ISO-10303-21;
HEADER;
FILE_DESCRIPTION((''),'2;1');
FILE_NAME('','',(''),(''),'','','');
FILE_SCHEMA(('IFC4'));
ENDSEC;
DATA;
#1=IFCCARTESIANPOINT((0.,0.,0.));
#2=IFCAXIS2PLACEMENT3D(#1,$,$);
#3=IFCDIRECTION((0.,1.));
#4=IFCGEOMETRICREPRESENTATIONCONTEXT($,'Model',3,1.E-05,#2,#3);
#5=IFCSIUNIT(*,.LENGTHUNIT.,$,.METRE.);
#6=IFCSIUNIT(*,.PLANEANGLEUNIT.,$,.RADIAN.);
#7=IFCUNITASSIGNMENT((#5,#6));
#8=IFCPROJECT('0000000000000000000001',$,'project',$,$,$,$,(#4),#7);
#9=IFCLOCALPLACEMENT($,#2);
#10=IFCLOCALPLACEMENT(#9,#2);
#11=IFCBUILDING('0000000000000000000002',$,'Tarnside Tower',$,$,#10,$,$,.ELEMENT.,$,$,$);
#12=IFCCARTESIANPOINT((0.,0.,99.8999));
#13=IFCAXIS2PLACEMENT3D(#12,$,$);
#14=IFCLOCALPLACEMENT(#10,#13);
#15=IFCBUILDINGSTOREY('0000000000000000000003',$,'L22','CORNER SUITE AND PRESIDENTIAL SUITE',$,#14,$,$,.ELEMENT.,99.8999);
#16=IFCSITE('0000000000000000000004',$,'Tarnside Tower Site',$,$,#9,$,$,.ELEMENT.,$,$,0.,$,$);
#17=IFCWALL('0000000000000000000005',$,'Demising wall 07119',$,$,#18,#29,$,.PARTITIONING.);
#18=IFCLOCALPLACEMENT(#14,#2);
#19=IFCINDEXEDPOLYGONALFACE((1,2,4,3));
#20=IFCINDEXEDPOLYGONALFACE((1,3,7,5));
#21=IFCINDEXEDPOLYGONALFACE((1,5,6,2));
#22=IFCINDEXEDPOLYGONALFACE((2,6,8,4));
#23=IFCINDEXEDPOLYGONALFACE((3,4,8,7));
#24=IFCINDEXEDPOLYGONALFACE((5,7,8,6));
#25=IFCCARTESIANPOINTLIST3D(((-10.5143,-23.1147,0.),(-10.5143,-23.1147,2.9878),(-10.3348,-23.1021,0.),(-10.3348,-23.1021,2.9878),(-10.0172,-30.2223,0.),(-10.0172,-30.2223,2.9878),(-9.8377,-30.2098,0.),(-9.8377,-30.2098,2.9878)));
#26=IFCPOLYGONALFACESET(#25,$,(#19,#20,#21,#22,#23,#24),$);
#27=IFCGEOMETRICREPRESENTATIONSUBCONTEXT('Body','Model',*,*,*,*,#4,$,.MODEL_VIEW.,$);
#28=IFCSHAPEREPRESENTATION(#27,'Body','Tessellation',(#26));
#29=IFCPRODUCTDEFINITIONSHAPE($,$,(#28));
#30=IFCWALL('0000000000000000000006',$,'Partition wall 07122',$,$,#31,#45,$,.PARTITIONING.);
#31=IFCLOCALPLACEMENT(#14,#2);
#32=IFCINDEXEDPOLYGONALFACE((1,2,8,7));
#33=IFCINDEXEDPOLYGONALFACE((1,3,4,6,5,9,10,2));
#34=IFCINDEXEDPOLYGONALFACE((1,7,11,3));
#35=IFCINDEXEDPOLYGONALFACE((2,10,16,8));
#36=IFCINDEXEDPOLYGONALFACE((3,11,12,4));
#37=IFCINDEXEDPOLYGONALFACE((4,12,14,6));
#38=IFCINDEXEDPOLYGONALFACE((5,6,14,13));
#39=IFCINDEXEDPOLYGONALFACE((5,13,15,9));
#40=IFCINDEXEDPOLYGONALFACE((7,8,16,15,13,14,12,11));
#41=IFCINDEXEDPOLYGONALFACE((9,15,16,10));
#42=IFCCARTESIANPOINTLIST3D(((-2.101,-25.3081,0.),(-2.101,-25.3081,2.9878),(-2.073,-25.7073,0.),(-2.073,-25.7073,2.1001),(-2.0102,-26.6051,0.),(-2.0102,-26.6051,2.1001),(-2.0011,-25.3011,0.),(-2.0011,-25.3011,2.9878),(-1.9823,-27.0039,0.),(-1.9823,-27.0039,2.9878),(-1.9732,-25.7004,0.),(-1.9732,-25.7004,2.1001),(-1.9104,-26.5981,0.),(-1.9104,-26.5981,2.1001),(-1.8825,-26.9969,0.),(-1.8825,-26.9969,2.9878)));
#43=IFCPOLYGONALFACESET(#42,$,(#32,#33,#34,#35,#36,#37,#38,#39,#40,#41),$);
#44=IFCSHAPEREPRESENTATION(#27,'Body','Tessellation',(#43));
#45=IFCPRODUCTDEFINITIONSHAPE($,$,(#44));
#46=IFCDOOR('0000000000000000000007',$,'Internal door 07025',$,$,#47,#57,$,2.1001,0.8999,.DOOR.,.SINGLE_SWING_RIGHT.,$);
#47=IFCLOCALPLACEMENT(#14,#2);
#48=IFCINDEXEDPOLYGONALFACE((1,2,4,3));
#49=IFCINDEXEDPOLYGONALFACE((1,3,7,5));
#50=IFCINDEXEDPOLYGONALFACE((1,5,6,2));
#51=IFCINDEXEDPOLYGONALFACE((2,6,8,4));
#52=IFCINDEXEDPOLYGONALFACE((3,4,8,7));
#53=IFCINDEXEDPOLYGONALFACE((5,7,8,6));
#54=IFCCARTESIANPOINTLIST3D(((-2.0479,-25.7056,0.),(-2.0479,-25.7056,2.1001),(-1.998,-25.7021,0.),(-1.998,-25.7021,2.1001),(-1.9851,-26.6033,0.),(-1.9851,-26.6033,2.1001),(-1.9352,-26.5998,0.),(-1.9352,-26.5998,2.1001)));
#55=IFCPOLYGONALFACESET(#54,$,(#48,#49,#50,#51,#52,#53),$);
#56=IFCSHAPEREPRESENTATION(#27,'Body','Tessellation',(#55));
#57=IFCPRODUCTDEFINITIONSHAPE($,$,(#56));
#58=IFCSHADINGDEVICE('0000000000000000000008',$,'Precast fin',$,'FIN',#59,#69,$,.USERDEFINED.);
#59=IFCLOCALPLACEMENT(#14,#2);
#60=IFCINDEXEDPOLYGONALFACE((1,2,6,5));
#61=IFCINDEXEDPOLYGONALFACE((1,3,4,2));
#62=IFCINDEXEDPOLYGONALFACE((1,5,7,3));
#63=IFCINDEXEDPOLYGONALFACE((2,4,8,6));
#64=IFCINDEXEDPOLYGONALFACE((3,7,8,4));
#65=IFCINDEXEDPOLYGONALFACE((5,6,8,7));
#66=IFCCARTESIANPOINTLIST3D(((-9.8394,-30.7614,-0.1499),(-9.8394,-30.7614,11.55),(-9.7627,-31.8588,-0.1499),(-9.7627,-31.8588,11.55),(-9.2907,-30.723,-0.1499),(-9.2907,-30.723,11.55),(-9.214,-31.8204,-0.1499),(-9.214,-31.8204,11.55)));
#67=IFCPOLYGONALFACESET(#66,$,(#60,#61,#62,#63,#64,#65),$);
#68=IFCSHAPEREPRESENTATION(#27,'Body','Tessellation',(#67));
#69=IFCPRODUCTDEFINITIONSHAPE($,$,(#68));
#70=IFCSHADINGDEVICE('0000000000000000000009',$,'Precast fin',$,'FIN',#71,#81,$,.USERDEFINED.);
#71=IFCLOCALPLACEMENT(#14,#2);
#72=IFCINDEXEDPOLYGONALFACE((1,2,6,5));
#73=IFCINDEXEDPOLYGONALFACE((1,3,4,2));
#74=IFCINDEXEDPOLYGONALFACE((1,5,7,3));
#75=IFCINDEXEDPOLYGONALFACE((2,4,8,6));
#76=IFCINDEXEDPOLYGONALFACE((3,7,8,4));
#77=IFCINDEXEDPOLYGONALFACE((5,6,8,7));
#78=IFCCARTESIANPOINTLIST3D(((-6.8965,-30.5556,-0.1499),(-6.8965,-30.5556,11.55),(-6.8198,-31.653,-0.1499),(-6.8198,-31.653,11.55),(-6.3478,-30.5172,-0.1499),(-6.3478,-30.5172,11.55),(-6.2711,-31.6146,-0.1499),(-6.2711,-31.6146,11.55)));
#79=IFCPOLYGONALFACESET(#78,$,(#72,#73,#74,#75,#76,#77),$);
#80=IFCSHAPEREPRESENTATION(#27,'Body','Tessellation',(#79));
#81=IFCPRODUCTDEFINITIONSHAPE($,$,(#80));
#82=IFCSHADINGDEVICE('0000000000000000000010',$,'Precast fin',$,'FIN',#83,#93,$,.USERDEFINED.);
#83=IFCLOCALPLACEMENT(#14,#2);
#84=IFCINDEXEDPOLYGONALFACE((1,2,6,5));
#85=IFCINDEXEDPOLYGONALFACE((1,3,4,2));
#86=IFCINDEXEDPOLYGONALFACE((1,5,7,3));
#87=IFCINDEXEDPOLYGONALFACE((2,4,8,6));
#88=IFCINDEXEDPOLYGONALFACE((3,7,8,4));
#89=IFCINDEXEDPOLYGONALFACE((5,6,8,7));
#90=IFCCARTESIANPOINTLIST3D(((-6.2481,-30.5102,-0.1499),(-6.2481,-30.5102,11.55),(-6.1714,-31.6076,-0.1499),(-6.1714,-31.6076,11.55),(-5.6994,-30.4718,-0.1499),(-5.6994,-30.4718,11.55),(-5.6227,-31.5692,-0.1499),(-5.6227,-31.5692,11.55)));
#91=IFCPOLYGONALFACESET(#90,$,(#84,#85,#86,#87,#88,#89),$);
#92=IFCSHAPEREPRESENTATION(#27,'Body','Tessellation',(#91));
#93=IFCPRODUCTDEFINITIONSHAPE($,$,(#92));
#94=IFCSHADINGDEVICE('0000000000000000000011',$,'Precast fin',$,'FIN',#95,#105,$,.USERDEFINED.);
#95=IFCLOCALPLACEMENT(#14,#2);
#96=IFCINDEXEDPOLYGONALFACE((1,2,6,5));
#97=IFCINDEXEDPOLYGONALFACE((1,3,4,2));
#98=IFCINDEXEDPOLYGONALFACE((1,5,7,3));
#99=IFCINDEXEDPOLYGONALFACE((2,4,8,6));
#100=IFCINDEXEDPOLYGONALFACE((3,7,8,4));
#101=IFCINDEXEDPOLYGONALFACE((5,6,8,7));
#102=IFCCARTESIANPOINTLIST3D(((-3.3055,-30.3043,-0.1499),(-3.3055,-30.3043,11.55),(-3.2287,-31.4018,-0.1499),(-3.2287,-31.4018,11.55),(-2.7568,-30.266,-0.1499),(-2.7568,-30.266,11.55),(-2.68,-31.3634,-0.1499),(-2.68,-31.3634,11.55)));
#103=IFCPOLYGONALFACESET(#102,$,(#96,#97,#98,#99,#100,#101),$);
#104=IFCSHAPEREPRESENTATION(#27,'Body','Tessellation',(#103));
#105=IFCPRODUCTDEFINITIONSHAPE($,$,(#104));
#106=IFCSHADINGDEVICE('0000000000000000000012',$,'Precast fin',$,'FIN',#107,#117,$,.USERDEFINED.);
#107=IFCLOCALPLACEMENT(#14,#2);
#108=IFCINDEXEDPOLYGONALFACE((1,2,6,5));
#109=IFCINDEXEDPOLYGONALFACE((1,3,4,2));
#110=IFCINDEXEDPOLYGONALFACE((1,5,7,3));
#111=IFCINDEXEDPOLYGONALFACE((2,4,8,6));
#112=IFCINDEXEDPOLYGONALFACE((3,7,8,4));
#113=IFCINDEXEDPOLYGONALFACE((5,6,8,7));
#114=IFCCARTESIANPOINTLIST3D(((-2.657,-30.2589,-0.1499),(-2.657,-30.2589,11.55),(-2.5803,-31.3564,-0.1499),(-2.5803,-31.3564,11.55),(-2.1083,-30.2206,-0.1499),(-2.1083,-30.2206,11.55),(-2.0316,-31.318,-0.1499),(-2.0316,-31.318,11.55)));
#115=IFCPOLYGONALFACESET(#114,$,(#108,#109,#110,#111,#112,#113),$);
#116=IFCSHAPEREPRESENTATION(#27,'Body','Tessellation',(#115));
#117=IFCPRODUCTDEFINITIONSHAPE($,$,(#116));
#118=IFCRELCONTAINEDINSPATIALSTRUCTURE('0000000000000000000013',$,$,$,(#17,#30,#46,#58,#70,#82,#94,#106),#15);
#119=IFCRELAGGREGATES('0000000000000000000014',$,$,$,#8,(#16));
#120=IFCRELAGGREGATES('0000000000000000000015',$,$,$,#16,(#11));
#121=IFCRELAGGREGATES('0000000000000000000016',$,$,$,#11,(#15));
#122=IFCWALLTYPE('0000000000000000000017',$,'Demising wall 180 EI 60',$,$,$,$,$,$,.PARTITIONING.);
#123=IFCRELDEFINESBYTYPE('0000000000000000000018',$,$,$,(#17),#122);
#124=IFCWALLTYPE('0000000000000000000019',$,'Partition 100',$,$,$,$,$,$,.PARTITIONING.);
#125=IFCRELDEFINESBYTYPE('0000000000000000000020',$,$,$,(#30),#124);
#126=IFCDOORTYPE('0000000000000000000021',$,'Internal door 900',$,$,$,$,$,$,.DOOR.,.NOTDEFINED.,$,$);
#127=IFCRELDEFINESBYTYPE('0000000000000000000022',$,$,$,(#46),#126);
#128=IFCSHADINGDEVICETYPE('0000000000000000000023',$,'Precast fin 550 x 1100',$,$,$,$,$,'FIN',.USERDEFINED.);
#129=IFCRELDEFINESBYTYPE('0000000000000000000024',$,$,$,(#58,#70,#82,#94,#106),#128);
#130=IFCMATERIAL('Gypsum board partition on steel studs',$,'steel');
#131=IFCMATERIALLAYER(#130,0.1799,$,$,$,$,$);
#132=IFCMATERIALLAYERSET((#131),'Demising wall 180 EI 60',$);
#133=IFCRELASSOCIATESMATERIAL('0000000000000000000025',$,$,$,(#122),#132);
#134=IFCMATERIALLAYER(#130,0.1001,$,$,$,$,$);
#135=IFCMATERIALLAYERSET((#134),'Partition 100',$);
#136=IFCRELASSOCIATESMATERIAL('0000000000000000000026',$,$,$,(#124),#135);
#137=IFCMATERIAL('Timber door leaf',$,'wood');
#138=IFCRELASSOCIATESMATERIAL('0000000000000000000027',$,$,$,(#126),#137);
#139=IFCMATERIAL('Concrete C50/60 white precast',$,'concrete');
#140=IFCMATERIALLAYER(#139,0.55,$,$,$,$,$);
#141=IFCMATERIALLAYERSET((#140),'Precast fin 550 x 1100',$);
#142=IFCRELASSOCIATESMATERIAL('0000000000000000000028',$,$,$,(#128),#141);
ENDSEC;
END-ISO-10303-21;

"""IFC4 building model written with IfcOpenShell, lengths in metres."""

from ifc_helpers import new_model, si_unit, direction, frame, frame_2d, origin, place, context, subcontext, project, spatial, polyline, rectangle, outline, extrude, material, layer, layer_set, type_object, element, fill, save


model = new_model("IFC4")

# Units and contexts
model_context = context("Model", 3, precision=1e-05, world=origin(), true_north=direction((0.0, 1.0)))
body_context = subcontext(model_context, "Body", "Model", "MODEL_VIEW")
ifc_project = project(units=[si_unit("LENGTHUNIT", "METRE"), si_unit("PLANEANGLEUNIT", "RADIAN")], contexts=[model_context])

# Site, building, storey
site_placement = place(None, origin())
site = spatial("IfcSite", under=ifc_project, at=site_placement, Name="Tarnside Tower Site", CompositionType="ELEMENT", RefElevation=0.0)
building_placement = place(site_placement, origin())
building = spatial("IfcBuilding", under=site, at=building_placement, Name="Tarnside Tower", CompositionType="ELEMENT")
storey_placement = place(building_placement, frame((0.0, 0.0, 99.8999)))
storey = spatial("IfcBuildingStorey", under=building, at=storey_placement, Name="L22", Description="CORNER SUITE AND PRESIDENTIAL SUITE", CompositionType="ELEMENT", Elevation=99.8999)

# Shared definitions
ifc_material_1 = material(Name="Gypsum board partition on steel studs", Category="steel")
ifc_material_2 = material(Name="Timber door leaf", Category="wood")

# Wall
ifc_layer_1 = layer(ifc_material_1, 0.1799)
ifc_layer_set_1 = layer_set([ifc_layer_1], Name="Demising wall 180 EI 60")
wall_type_1 = type_object("IfcWallType", Name="Demising wall 180 EI 60", PredefinedType="PARTITIONING", material=ifc_layer_set_1)
wall_1_placement = place(storey_placement, frame((-9.9275, -30.2161, 0.0), z_axis=(0.0, 0.0, 1.0), x_axis=(-0.069764, 0.997564, 0.0)))
element("IfcWall", 1, at=wall_1_placement, inside=storey, type_object=wall_type_1, Name="Demising wall 07119", PredefinedType="PARTITIONING", context=body_context, shape_type="SweptSolid", body=[
    extrude(rectangle(XDim=7.125, YDim=0.1799, at=frame_2d((3.5625, 0.0))), origin(), (0.0, 0.0, 1.0), 2.9878),
])

# Wall, opening, door
ifc_layer_2 = layer(ifc_material_1, 0.1001)
ifc_layer_set_2 = layer_set([ifc_layer_2], Name="Partition 100")
wall_type_2 = type_object("IfcWallType", Name="Partition 100", PredefinedType="PARTITIONING", material=ifc_layer_set_2)
wall_2_placement = place(storey_placement, frame((-1.9324, -27.0005, 0.0), z_axis=(0.0, 0.0, 1.0), x_axis=(-0.069798, 0.997561, 0.0)))
wall_2 = element("IfcWall", 2, at=wall_2_placement, inside=storey, type_object=wall_type_2, Name="Partition wall 07122", PredefinedType="PARTITIONING", context=body_context, shape_type="SweptSolid", body=[
    extrude(rectangle(XDim=1.7, YDim=0.1001, at=frame_2d((0.8501, 0.0))), origin(), (0.0, 0.0, 1.0), 2.9878),
])
opening_1_placement = place(wall_2_placement, frame((0.3999, 0.0, 0.0)))
opening_1 = element("IfcOpeningElement", 3, at=opening_1_placement, cuts=wall_2, PredefinedType="OPENING", context=body_context, shape_type="SweptSolid", body=[
    extrude(rectangle(XDim=0.8999, YDim=2.1001, at=frame_2d((0.45, 1.05))), frame((0.0, 0.0601, 0.0), z_axis=(0.0, -1.0, 0.0), x_axis=(1.0, 0.0, 0.0)), (0.0, 0.0, 1.0), 0.1201),
])
door_type_1 = type_object("IfcDoorType", Name="Internal door 900", OperationType="NOTDEFINED", PredefinedType="DOOR", material=ifc_material_2)
door_1_placement = place(opening_1_placement, origin())
door_1 = element("IfcDoor", 4, at=door_1_placement, inside=storey, type_object=door_type_1, Name="Internal door 07025", OperationType="SINGLE_SWING_RIGHT", OverallHeight=2.1001, OverallWidth=0.8999, PredefinedType="DOOR", context=body_context, shape_type="SweptSolid", body=[
    extrude(rectangle(XDim=0.8999, YDim=2.1001, at=frame_2d((0.45, 1.05))), frame((0.0, 0.0249, 0.0), z_axis=(0.0, -1.0, 0.0), x_axis=(1.0, 0.0, 0.0)), (0.0, 0.0, 1.0), 0.05),
])
fill(opening_1, door_1)

# Shading devices
ifc_material_3 = material(Name="Concrete C50/60 white precast", Category="concrete")
ifc_layer_3 = layer(ifc_material_3, 0.55)
ifc_layer_set_3 = layer_set([ifc_layer_3], Name="Precast fin 550 x 1100")
shading_device_type = type_object("IfcShadingDeviceType", Name="Precast fin 550 x 1100", ElementType="FIN", PredefinedType="USERDEFINED", material=ifc_layer_set_3)
for number, where, z_axis, x_axis, name in (
    (5, (-9.5649, -30.7422, -0.1499), (-0.997564, -0.069756, 0.0), (0.069756, -0.997564, 0.0), "Precast fin"),
    (6, (-6.6221, -30.5364, -0.1499), (-0.997564, -0.069756, 0.0), (0.069756, -0.997564, 0.0), "Precast fin"),
    (7, (-5.9736, -30.491, -0.1499), (-0.997564, -0.069756, 0.0), (0.069756, -0.997564, 0.0), "Precast fin"),
    (8, (-3.031, -30.2852, -0.1499), (-0.997564, -0.069756, 0.0), (0.069756, -0.997564, 0.0), "Precast fin"),
    (9, (-2.3826, -30.2397, -0.1499), (-0.997564, -0.069756, 0.0), (0.069756, -0.997564, 0.0), "Precast fin"),
):
    element("IfcShadingDevice", number, at=place(storey_placement, frame(where, z_axis=z_axis, x_axis=x_axis)), inside=storey, type_object=shading_device_type, Name=name, ObjectType="FIN", PredefinedType="USERDEFINED", context=body_context, shape_type="SweptSolid", body=[
        extrude(outline(polyline([(0.0, 0.0), (1.1001, 0.0), (1.1001, 11.7), (0.0, 11.7), (0.0, 0.0)])), frame((0.0, 0.0, -0.2749)), (0.0, 0.0, 1.0), 0.55),
    ])

save(model, "model.ifc")
